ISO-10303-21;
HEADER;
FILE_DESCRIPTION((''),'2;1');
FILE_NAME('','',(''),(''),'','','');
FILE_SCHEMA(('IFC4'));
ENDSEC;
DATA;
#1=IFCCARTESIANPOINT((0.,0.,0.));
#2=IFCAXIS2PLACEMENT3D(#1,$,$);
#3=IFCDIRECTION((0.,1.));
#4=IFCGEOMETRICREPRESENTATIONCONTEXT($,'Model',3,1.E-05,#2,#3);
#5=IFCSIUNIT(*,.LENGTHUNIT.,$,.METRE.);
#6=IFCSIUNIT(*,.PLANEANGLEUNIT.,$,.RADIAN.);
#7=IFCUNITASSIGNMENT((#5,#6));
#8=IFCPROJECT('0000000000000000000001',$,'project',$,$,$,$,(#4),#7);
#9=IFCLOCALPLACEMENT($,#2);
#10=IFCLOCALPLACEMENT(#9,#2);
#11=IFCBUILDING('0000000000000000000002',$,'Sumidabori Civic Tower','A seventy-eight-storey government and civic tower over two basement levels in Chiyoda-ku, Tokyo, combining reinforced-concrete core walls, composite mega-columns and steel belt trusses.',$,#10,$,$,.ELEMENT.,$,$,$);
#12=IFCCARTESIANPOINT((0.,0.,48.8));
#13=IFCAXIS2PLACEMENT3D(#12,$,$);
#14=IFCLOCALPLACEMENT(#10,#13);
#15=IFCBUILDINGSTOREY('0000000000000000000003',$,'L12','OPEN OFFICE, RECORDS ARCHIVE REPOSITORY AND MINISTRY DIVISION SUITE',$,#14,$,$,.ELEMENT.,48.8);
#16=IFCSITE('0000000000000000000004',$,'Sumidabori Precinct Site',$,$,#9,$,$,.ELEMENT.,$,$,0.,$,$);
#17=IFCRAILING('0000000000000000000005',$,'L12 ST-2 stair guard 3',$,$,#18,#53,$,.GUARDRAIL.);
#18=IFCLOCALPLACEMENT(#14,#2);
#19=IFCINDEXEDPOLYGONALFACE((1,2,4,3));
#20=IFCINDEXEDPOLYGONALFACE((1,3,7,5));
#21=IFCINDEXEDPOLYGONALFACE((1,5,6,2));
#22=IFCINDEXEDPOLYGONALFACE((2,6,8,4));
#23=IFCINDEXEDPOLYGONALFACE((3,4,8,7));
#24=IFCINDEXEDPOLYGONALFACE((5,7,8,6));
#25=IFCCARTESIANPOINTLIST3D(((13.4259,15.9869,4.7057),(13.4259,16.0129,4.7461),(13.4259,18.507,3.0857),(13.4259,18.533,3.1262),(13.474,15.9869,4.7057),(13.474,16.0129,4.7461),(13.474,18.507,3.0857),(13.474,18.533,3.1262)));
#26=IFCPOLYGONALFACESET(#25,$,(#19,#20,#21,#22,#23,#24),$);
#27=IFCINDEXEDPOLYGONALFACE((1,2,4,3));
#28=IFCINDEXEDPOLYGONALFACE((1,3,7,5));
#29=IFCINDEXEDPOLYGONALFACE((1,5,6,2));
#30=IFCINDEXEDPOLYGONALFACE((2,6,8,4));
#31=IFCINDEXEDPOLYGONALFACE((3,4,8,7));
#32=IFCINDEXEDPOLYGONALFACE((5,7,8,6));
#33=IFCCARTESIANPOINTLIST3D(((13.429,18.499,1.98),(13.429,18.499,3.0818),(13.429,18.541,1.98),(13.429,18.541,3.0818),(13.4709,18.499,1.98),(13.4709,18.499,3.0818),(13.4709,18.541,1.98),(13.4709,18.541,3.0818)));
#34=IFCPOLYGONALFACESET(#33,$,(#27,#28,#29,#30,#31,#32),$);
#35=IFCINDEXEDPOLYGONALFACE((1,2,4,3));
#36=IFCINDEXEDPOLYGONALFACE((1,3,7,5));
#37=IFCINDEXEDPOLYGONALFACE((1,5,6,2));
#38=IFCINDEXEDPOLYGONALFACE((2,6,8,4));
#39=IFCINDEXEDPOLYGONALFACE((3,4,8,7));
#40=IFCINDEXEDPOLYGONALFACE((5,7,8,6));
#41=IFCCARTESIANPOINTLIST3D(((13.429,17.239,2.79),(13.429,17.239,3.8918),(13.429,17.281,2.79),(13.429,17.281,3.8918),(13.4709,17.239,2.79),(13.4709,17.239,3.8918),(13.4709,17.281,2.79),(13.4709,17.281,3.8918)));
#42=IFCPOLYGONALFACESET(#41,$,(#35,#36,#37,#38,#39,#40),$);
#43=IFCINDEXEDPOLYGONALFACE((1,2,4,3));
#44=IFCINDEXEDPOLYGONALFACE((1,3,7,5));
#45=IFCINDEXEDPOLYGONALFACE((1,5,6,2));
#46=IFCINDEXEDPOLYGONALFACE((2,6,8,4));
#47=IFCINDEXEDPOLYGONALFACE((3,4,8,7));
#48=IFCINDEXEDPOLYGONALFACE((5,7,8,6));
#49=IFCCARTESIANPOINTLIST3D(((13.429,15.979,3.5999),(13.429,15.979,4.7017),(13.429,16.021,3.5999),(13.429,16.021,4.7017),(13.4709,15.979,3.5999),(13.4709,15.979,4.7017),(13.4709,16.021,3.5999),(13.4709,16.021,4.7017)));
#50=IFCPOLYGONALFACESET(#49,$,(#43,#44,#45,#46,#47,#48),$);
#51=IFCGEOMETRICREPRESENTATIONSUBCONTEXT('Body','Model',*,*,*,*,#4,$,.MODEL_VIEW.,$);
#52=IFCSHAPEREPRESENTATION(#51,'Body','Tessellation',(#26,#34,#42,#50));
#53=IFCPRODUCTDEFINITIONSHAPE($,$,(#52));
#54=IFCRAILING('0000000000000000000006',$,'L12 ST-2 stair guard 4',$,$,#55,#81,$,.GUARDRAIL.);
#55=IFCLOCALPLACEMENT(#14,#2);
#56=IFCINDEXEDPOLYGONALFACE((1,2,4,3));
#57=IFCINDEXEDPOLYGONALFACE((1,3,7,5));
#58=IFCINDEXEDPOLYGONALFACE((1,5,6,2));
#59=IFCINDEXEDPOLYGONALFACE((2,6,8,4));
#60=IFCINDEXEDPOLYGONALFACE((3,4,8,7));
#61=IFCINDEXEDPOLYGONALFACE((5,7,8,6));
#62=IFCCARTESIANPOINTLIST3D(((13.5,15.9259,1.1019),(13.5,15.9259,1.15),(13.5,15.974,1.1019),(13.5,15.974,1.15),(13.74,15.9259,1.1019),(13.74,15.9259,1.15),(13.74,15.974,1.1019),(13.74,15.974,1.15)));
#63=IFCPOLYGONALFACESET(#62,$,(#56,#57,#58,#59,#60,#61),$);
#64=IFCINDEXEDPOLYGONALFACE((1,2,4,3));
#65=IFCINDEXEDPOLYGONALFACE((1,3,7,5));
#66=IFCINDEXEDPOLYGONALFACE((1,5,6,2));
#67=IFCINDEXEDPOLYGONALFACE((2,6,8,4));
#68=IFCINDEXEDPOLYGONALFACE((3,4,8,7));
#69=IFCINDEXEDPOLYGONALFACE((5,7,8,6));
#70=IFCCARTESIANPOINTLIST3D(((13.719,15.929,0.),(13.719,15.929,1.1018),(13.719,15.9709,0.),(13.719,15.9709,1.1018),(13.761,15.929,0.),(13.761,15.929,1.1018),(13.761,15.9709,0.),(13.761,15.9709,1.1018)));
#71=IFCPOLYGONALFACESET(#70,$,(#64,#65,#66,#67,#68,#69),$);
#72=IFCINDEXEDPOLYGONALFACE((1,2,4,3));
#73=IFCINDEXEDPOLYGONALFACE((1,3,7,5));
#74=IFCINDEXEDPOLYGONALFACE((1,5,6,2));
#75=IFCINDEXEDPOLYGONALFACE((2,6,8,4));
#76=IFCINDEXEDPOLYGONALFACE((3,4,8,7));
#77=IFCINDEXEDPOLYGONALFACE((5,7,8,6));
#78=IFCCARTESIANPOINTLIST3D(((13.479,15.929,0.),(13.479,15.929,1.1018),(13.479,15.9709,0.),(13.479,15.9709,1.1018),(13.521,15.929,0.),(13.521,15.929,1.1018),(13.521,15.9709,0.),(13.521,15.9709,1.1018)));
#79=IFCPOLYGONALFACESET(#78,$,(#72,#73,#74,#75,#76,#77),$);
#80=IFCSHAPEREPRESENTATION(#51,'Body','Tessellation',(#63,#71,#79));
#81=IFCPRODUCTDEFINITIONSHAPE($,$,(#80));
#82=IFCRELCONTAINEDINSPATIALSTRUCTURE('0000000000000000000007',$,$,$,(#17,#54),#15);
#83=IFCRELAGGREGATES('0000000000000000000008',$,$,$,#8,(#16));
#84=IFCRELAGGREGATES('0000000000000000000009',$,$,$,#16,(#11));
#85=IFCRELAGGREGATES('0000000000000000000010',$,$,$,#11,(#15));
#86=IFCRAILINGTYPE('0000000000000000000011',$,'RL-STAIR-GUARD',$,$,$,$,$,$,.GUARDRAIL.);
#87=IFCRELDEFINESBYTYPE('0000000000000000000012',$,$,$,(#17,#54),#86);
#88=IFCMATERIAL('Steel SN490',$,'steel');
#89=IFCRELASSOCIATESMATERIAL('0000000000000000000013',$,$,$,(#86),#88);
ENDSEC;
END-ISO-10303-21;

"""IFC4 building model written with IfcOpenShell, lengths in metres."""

from ifc_helpers import new_model, si_unit, direction, frame, origin, origin_2d, place, context, subcontext, project, spatial, rectangle, extrude, material, type_object, element, save


model = new_model("IFC4")

# Units and contexts
model_context = context("Model", 3, precision=1e-05, world=origin(), true_north=direction((0.0, 1.0)))
body_context = subcontext(model_context, "Body", "Model", "MODEL_VIEW")
ifc_project = project(units=[si_unit("LENGTHUNIT", "METRE"), si_unit("PLANEANGLEUNIT", "RADIAN")], contexts=[model_context])

# Site, building, storey
site_placement = place(None, origin())
site = spatial("IfcSite", under=ifc_project, at=site_placement, Name="Sumidabori Precinct Site", CompositionType="ELEMENT", RefElevation=0.0)
building_placement = place(site_placement, origin())
building = spatial("IfcBuilding", under=site, at=building_placement, Name="Sumidabori Civic Tower", Description="A seventy-eight-storey government and civic tower over two basement levels in Chiyoda-ku, Tokyo, combining reinforced-concrete core walls, composite mega-columns and steel belt trusses.", CompositionType="ELEMENT")
storey_placement = place(building_placement, frame((0.0, 0.0, 48.8)))
storey = spatial("IfcBuildingStorey", under=building, at=storey_placement, Name="L12", Description="OPEN OFFICE, RECORDS ARCHIVE REPOSITORY AND MINISTRY DIVISION SUITE", CompositionType="ELEMENT", Elevation=48.8)

# Shared definitions
ifc_material_1 = material(Name="Steel SN490", Category="steel")

# Railings
railing_type_1 = type_object("IfcRailingType", Name="RL-STAIR-GUARD", PredefinedType="GUARDRAIL", material=ifc_material_1)
railing_1_placement = place(storey_placement, frame((13.45, 18.52, 1.98)))
element("IfcRailing", 1, at=railing_1_placement, inside=storey, type_object=railing_type_1, Name="L12 ST-2 stair guard 3", PredefinedType="GUARDRAIL", context=body_context, shape_type="SweptSolid", body=[
    extrude(rectangle(XDim=0.0481, YDim=0.0481, at=origin_2d()), frame((0.0, 0.0, 1.126), z_axis=(0.0, -0.8412, 0.540725), x_axis=(1.0, 0.0, 0.0)), (0.0, 0.0, 1.0), 2.9958),
    extrude(rectangle(XDim=0.042, YDim=0.042, at=origin_2d()), origin(), (0.0, 0.0, 1.0), 1.1018),
    extrude(rectangle(XDim=0.042, YDim=0.042, at=origin_2d()), frame((0.0, -1.26, 0.8101)), (0.0, 0.0, 1.0), 1.1018),
    extrude(rectangle(XDim=0.042, YDim=0.042, at=origin_2d()), frame((0.0, -2.52, 1.6199)), (0.0, 0.0, 1.0), 1.1018),
])
railing_2_placement = place(storey_placement, frame((13.74, 15.95, 0.0)))
element("IfcRailing", 2, at=railing_2_placement, inside=storey, type_object=railing_type_1, Name="L12 ST-2 stair guard 4", PredefinedType="GUARDRAIL", context=body_context, shape_type="SweptSolid", body=[
    extrude(rectangle(XDim=0.0481, YDim=0.0481, at=origin_2d()), frame((0.0, 0.0, 1.126), z_axis=(-1.0, 0.0, 0.0), x_axis=(0.0, -1.0, 0.0)), (0.0, 0.0, 1.0), 0.24),
    extrude(rectangle(XDim=0.042, YDim=0.042, at=origin_2d()), origin(), (0.0, 0.0, 1.0), 1.1018),
    extrude(rectangle(XDim=0.042, YDim=0.042, at=origin_2d()), frame((-0.24, 0.0, 0.0)), (0.0, 0.0, 1.0), 1.1018),
])

save(model, "model.ifc")
